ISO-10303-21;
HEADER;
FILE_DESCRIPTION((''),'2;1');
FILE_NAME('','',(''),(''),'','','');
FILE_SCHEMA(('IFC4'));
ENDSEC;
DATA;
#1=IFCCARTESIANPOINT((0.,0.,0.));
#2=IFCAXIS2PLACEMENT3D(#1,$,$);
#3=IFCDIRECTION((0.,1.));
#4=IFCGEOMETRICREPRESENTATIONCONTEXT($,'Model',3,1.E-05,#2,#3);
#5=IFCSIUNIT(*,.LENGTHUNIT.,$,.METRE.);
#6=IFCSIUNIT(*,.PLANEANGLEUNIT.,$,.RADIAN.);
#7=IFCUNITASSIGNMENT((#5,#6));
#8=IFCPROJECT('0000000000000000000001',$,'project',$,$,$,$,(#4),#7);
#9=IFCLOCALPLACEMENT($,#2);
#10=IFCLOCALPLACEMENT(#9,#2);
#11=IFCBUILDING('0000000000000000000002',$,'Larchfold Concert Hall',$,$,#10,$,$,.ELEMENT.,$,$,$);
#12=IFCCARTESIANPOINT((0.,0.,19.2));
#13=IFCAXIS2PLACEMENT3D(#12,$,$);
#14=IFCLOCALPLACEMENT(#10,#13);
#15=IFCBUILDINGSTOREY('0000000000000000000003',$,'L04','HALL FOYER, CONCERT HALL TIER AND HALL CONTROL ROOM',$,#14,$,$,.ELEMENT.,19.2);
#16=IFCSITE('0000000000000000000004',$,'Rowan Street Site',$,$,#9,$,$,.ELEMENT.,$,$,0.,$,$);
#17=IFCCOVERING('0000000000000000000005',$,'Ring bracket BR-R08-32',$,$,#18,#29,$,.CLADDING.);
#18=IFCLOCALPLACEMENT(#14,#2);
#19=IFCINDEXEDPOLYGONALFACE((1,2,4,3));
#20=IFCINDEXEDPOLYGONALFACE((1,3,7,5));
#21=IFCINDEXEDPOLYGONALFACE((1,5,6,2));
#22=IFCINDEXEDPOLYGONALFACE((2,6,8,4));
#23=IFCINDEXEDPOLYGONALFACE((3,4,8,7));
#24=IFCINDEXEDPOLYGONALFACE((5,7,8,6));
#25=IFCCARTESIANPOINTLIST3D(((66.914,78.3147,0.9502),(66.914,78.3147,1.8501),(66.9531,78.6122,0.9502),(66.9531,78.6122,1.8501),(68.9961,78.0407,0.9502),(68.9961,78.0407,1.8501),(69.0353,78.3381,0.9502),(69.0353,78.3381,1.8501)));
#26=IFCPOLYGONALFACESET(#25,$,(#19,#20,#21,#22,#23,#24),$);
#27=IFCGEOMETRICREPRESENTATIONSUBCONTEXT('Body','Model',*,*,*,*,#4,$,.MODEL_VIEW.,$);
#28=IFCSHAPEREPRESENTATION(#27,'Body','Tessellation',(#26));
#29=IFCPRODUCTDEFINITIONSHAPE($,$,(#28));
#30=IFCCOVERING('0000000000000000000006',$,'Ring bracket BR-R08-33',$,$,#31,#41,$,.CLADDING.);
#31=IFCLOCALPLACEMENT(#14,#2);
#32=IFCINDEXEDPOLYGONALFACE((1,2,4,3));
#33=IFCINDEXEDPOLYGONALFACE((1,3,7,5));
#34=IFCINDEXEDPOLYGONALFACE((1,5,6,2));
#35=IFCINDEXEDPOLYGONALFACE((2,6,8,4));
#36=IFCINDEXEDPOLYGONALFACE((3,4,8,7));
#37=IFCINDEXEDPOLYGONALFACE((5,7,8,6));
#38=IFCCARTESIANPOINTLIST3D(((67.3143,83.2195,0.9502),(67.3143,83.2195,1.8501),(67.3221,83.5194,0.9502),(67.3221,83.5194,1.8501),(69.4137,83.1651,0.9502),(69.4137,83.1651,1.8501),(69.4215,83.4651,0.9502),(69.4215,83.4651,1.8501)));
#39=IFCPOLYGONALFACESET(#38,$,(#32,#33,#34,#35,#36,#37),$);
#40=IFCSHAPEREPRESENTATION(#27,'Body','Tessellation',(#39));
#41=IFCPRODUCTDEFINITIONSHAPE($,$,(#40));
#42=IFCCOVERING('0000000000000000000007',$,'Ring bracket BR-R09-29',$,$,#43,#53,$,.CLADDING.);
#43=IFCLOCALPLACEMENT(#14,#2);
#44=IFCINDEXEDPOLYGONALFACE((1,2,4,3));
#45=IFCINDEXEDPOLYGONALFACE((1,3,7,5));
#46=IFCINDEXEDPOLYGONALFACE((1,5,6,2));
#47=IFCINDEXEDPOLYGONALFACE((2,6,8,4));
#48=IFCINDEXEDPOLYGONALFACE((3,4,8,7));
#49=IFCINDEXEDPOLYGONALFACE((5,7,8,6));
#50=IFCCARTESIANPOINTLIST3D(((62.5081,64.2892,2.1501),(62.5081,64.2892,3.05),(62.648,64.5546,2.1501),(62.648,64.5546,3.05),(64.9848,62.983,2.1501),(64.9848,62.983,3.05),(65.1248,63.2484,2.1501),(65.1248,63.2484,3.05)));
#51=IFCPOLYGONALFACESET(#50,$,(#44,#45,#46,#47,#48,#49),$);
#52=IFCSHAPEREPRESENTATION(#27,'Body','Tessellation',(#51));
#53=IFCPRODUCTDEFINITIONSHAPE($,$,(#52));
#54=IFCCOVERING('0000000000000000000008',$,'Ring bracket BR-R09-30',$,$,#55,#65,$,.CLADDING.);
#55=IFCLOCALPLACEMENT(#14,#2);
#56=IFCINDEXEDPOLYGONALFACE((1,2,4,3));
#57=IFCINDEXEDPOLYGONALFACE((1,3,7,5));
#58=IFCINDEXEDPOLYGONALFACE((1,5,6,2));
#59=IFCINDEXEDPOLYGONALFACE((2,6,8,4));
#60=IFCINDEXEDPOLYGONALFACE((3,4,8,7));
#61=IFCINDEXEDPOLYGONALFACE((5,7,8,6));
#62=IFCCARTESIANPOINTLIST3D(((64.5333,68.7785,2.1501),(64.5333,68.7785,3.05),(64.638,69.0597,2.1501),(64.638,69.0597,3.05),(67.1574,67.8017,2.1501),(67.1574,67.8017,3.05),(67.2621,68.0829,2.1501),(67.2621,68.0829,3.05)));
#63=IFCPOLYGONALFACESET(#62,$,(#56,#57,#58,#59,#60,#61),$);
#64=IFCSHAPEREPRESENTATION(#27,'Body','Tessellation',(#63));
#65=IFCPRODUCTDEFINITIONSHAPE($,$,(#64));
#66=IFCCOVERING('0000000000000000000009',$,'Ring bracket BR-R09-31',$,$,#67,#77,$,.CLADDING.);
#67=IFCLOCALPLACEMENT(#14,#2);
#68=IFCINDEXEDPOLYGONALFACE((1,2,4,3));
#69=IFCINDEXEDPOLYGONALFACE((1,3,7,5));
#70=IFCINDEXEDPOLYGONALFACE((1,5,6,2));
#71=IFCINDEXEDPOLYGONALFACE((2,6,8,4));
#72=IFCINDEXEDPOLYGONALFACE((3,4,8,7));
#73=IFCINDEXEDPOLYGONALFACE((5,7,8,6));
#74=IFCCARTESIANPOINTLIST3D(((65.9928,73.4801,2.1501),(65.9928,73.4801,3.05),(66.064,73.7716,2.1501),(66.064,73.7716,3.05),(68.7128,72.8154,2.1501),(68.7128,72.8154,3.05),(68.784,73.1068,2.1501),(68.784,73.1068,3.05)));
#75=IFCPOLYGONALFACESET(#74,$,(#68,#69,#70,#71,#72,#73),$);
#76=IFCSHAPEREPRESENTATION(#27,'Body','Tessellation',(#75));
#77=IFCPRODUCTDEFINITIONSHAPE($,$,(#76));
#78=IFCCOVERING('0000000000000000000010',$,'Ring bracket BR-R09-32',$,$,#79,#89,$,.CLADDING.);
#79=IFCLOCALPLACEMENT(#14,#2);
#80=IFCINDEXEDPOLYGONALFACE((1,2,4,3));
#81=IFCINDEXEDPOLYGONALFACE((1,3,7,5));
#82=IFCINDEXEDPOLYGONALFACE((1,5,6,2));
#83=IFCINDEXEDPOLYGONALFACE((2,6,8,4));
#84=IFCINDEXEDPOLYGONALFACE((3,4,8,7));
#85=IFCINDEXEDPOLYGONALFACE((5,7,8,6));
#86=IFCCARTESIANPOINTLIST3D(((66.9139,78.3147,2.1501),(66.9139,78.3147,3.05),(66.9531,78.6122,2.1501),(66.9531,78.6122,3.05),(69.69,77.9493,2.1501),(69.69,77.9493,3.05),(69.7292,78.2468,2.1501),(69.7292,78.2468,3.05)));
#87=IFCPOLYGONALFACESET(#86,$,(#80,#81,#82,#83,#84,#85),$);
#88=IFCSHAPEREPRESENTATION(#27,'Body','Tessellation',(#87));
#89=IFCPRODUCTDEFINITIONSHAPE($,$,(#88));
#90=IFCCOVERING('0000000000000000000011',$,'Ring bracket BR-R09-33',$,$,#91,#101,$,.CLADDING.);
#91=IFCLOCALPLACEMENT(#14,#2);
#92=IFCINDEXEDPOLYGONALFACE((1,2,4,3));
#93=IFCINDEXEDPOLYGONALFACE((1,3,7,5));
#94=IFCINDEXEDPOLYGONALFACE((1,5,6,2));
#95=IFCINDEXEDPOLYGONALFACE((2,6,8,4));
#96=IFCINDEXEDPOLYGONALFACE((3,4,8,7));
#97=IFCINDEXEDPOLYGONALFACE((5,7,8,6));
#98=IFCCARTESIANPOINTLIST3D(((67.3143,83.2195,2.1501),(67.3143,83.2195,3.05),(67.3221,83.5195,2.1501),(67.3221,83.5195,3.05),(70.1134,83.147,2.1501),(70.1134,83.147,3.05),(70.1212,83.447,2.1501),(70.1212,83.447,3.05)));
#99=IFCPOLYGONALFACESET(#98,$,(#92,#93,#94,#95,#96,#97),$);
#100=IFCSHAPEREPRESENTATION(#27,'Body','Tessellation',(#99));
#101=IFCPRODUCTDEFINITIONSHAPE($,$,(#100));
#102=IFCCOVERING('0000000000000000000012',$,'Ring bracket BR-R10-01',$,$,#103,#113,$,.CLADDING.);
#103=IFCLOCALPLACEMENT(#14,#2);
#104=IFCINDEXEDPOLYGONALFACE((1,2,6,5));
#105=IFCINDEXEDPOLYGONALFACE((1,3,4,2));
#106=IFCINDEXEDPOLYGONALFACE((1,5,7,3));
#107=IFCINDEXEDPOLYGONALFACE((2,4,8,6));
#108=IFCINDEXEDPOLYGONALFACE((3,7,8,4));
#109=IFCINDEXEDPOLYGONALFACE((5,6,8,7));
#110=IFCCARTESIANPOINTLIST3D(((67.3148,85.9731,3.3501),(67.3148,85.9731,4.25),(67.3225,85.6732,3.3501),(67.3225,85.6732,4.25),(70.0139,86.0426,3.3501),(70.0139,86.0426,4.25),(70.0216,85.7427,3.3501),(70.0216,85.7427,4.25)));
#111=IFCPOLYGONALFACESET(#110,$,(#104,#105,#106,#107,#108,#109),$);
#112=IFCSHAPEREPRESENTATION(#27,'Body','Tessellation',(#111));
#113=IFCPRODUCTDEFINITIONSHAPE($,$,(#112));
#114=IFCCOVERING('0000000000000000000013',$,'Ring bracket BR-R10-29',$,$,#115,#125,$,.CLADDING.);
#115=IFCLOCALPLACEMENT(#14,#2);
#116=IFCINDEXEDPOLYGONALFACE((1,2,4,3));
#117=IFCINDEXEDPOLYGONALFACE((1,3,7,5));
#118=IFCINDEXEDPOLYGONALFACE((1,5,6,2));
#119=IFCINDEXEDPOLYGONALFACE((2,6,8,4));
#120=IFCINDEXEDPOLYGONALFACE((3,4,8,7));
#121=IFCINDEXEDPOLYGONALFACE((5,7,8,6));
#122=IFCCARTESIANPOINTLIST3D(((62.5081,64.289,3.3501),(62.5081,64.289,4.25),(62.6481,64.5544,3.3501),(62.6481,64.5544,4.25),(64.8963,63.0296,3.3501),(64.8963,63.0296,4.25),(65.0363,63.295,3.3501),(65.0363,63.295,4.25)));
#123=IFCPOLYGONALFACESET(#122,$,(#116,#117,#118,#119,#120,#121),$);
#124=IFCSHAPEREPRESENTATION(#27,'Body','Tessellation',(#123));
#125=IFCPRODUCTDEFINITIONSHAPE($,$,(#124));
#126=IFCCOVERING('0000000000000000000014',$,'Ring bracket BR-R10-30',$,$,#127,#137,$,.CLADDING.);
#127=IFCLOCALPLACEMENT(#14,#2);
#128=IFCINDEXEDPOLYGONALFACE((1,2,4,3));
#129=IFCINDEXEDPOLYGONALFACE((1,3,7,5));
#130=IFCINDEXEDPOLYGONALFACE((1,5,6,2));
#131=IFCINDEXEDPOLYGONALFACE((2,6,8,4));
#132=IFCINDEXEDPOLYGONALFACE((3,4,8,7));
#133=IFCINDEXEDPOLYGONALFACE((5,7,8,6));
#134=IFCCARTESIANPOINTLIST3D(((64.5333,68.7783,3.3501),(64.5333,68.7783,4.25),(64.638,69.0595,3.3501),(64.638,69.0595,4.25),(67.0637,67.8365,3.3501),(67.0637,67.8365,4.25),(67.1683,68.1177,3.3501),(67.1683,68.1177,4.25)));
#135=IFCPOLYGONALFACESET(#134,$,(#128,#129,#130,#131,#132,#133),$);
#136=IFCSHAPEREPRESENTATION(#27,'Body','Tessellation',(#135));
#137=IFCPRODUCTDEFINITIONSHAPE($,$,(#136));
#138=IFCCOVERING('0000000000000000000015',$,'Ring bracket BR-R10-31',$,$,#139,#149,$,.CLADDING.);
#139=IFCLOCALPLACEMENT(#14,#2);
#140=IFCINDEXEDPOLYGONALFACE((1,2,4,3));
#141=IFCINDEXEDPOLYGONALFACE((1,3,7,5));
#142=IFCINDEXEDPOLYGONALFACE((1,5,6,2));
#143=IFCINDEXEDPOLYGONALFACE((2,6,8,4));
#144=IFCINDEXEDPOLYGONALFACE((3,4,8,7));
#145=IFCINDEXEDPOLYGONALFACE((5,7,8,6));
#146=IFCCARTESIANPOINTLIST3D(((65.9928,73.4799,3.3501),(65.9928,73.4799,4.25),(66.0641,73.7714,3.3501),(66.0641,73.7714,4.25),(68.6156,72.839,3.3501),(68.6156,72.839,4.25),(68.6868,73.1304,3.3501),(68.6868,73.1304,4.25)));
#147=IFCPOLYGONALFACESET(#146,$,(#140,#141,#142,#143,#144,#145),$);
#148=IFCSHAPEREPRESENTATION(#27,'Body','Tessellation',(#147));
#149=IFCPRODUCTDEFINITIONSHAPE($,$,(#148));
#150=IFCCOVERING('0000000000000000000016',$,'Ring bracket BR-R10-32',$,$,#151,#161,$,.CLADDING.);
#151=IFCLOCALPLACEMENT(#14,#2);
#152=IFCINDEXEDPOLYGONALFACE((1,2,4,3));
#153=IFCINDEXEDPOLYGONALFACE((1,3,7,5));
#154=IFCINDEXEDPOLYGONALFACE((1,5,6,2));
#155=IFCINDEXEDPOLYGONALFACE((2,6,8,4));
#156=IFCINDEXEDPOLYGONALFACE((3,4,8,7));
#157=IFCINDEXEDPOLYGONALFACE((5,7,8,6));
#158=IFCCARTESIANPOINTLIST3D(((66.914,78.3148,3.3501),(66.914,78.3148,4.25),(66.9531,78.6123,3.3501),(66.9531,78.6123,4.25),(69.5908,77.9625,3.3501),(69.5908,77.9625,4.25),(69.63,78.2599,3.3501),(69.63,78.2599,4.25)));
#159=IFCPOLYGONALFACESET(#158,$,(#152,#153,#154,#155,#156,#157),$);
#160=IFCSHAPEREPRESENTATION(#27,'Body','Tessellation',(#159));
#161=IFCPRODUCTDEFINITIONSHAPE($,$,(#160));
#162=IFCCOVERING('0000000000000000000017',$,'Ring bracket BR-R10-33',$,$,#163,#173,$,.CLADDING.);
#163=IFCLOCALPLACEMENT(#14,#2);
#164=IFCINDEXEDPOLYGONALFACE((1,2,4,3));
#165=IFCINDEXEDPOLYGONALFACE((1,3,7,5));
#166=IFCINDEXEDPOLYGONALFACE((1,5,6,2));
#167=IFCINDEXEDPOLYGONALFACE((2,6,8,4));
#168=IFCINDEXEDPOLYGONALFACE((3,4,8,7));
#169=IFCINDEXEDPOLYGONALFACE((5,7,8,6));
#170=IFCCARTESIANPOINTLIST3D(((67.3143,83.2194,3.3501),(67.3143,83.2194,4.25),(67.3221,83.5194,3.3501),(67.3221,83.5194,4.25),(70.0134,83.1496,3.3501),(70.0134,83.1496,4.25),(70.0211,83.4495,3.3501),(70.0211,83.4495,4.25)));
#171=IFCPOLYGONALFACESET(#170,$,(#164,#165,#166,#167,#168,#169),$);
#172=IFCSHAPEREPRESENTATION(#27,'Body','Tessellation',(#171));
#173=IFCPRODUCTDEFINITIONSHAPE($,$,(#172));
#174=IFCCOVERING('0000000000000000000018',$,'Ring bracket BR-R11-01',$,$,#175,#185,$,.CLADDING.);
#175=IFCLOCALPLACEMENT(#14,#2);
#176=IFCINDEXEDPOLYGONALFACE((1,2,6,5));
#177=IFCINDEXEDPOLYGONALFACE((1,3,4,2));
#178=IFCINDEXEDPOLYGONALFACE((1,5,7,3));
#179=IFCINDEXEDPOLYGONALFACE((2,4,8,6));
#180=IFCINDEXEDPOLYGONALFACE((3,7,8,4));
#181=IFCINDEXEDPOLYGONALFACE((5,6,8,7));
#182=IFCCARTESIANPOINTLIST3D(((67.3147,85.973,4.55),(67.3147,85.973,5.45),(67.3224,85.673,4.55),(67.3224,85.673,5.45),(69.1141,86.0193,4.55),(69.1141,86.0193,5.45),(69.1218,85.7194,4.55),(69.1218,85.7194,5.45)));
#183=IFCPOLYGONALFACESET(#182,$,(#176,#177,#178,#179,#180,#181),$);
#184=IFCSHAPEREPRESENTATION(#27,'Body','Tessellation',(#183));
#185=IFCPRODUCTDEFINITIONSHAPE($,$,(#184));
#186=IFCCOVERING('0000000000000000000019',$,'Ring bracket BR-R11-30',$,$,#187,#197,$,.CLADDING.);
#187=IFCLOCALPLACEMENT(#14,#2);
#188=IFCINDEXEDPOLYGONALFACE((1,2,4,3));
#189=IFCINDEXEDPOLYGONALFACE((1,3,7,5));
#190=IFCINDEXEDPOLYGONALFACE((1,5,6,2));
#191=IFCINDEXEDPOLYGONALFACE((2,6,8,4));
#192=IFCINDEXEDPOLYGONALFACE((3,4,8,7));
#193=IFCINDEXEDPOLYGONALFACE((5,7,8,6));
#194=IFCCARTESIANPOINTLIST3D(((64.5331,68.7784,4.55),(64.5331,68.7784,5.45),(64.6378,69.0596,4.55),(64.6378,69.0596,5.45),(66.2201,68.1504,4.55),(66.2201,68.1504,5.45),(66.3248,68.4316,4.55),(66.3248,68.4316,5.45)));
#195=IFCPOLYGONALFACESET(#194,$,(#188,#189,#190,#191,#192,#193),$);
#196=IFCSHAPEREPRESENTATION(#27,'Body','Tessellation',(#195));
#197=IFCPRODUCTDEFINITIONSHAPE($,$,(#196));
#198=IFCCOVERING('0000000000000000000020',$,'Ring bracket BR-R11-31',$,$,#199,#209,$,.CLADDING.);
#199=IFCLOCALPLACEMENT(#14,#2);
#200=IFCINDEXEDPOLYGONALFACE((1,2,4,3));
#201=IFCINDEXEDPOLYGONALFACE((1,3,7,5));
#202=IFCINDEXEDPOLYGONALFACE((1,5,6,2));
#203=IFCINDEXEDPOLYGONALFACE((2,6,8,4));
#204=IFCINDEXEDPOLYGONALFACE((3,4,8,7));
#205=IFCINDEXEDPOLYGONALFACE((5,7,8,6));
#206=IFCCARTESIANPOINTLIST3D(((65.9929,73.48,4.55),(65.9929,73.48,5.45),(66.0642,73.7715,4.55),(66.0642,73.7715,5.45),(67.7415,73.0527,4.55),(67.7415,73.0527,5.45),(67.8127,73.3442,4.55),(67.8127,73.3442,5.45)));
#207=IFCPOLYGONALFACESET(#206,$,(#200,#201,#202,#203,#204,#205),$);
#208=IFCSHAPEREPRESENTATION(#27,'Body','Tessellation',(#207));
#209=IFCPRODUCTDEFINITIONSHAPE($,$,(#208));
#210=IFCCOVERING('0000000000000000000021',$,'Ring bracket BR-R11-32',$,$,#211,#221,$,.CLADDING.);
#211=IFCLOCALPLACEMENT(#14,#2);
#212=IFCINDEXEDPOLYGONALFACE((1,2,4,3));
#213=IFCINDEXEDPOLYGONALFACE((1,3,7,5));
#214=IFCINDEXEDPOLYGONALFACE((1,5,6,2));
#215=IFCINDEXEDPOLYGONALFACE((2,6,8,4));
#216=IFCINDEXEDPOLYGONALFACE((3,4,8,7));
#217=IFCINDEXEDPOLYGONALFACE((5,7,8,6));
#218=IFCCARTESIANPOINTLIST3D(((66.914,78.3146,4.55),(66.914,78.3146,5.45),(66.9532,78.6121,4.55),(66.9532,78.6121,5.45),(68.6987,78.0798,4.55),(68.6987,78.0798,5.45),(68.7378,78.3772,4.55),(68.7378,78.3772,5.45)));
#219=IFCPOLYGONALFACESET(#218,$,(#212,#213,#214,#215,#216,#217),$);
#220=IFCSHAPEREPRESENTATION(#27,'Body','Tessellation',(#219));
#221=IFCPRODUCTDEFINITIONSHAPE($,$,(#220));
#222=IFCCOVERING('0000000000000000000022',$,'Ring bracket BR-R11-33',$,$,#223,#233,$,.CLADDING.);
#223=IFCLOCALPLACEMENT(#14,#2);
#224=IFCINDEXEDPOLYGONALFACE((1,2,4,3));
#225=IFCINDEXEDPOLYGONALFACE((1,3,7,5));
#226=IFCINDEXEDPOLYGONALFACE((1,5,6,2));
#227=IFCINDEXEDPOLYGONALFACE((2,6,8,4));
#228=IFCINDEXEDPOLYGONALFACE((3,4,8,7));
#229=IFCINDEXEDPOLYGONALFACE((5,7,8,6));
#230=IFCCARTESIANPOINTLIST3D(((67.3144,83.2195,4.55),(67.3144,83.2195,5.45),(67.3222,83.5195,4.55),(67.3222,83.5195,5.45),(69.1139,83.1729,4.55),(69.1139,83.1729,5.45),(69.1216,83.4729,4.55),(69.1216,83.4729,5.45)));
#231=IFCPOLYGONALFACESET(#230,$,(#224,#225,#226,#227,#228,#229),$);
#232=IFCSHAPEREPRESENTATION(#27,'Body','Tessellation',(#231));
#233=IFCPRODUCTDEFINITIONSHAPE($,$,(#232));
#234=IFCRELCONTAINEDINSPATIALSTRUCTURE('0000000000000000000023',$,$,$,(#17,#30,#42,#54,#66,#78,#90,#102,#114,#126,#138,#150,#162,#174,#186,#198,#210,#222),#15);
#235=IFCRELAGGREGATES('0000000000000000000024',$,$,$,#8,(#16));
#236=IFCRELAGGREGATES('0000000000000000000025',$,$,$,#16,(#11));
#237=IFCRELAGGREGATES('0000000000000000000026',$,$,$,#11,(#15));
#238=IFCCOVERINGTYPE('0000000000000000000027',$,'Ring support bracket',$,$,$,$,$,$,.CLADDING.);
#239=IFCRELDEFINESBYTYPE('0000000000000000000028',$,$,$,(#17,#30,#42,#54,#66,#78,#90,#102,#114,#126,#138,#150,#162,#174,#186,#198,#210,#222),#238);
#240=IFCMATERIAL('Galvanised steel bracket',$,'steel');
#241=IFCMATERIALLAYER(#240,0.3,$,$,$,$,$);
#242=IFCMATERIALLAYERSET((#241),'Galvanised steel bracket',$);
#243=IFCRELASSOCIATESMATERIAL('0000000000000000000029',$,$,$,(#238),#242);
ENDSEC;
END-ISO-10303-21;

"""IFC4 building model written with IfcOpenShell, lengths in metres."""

from ifc_helpers import new_model, si_unit, direction, frame, origin, origin_2d, place, context, subcontext, project, spatial, rectangle, extrude, material, layer, layer_set, type_object, element, save


model = new_model("IFC4")

# Units and contexts
model_context = context("Model", 3, precision=1e-05, world=origin(), true_north=direction((0.0, 1.0)))
body_context = subcontext(model_context, "Body", "Model", "MODEL_VIEW")
ifc_project = project(units=[si_unit("LENGTHUNIT", "METRE"), si_unit("PLANEANGLEUNIT", "RADIAN")], contexts=[model_context])

# Site, building, storey
site_placement = place(None, origin())
site = spatial("IfcSite", under=ifc_project, at=site_placement, Name="Rowan Street Site", CompositionType="ELEMENT", RefElevation=0.0)
building_placement = place(site_placement, origin())
building = spatial("IfcBuilding", under=site, at=building_placement, Name="Larchfold Concert Hall", CompositionType="ELEMENT")
storey_placement = place(building_placement, frame((0.0, 0.0, 19.2)))
storey = spatial("IfcBuildingStorey", under=building, at=storey_placement, Name="L04", Description="HALL FOYER, CONCERT HALL TIER AND HALL CONTROL ROOM", CompositionType="ELEMENT", Elevation=19.2)

# Coverings
ifc_material_1 = material(Name="Galvanised steel bracket", Category="steel")
ifc_layer_1 = layer(ifc_material_1, 0.3)
ifc_layer_set_1 = layer_set([ifc_layer_1], Name="Galvanised steel bracket")
covering_type = type_object("IfcCoveringType", Name="Ring support bracket", PredefinedType="CLADDING", material=ifc_layer_set_1)
for number, where, z_axis, x_axis, name in (
    (1, (67.9746, 78.3264, 0.9502), (0.0, 0.0, 1.0), (0.99145, -0.130488, 0.0), "Ring bracket BR-R08-32"),
    (2, (68.3679, 83.3423, 0.9502), (0.0, 0.0, 1.0), (0.999665, -0.025882, 0.0), "Ring bracket BR-R08-33"),
):
    element("IfcCovering", number, at=place(storey_placement, frame(where, z_axis=z_axis, x_axis=x_axis)), inside=storey, type_object=covering_type, Name=name, PredefinedType="CLADDING", context=body_context, shape_type="SweptSolid", body=[
        extrude(rectangle(XDim=2.1001, YDim=0.3, at=origin_2d()), origin(), (0.0, 0.0, 1.0), 0.8999),
    ])
for number, where, z_axis, x_axis, name in (
    (3, (63.8164, 63.7688, 2.1501), (0.0, 0.0, 1.0), (0.884536, -0.466473, 0.0), "Ring bracket BR-R09-29"),
    (4, (65.8977, 68.4307, 2.1501), (0.0, 0.0, 1.0), (0.937177, -0.348853, 0.0), "Ring bracket BR-R09-30"),
    (5, (67.3884, 73.2935, 2.1501), (0.0, 0.0, 1.0), (0.971412, -0.237401, 0.0), "Ring bracket BR-R09-31"),
    (6, (68.3215, 78.2808, 2.1501), (0.0, 0.0, 1.0), (0.99145, -0.130488, 0.0), "Ring bracket BR-R09-32"),
    (7, (68.7178, 83.3333, 2.1501), (0.0, 0.0, 1.0), (0.999665, -0.025882, 0.0), "Ring bracket BR-R09-33"),
):
    element("IfcCovering", number, at=place(storey_placement, frame(where, z_axis=z_axis, x_axis=x_axis)), inside=storey, type_object=covering_type, Name=name, PredefinedType="CLADDING", context=body_context, shape_type="SweptSolid", body=[
        extrude(rectangle(XDim=2.8, YDim=0.3, at=origin_2d()), origin(), (0.0, 0.0, 1.0), 0.8999),
    ])
for number, where, z_axis, x_axis, name in (
    (8, (68.6682, 85.8579, 3.3501), (0.0, 0.0, 1.0), (0.999669, 0.025743, 0.0), "Ring bracket BR-R10-01"),
    (9, (63.7722, 63.792, 3.3501), (0.0, 0.0, 1.0), (0.884536, -0.466473, 0.0), "Ring bracket BR-R10-29"),
    (10, (65.8508, 68.448, 3.3501), (0.0, 0.0, 1.0), (0.937177, -0.348853, 0.0), "Ring bracket BR-R10-30"),
    (11, (67.3398, 73.3052, 3.3501), (0.0, 0.0, 1.0), (0.971412, -0.237401, 0.0), "Ring bracket BR-R10-31"),
    (12, (68.272, 78.2874, 3.3501), (0.0, 0.0, 1.0), (0.99145, -0.130488, 0.0), "Ring bracket BR-R10-32"),
    (13, (68.6677, 83.3345, 3.3501), (0.0, 0.0, 1.0), (0.999665, -0.025882, 0.0), "Ring bracket BR-R10-33"),
):
    element("IfcCovering", number, at=place(storey_placement, frame(where, z_axis=z_axis, x_axis=x_axis)), inside=storey, type_object=covering_type, Name=name, PredefinedType="CLADDING", context=body_context, shape_type="SweptSolid", body=[
        extrude(rectangle(XDim=2.7, YDim=0.3, at=origin_2d()), origin(), (0.0, 0.0, 1.0), 0.8999),
    ])
for number, where, z_axis, x_axis, name in (
    (14, (68.2183, 85.8462, 4.55), (0.0, 0.0, 1.0), (0.999669, 0.025743, 0.0), "Ring bracket BR-R11-01"),
    (15, (65.429, 68.605, 4.55), (0.0, 0.0, 1.0), (0.937177, -0.348853, 0.0), "Ring bracket BR-R11-30"),
    (16, (66.9028, 73.4121, 4.55), (0.0, 0.0, 1.0), (0.971412, -0.237401, 0.0), "Ring bracket BR-R11-31"),
    (17, (67.8259, 78.3459, 4.55), (0.0, 0.0, 1.0), (0.99145, -0.130488, 0.0), "Ring bracket BR-R11-32"),
    (18, (68.218, 83.3462, 4.55), (0.0, 0.0, 1.0), (0.999665, -0.025882, 0.0), "Ring bracket BR-R11-33"),
):
    element("IfcCovering", number, at=place(storey_placement, frame(where, z_axis=z_axis, x_axis=x_axis)), inside=storey, type_object=covering_type, Name=name, PredefinedType="CLADDING", context=body_context, shape_type="SweptSolid", body=[
        extrude(rectangle(XDim=1.8, YDim=0.3, at=origin_2d()), origin(), (0.0, 0.0, 1.0), 0.8999),
    ])

save(model, "model.ifc")
